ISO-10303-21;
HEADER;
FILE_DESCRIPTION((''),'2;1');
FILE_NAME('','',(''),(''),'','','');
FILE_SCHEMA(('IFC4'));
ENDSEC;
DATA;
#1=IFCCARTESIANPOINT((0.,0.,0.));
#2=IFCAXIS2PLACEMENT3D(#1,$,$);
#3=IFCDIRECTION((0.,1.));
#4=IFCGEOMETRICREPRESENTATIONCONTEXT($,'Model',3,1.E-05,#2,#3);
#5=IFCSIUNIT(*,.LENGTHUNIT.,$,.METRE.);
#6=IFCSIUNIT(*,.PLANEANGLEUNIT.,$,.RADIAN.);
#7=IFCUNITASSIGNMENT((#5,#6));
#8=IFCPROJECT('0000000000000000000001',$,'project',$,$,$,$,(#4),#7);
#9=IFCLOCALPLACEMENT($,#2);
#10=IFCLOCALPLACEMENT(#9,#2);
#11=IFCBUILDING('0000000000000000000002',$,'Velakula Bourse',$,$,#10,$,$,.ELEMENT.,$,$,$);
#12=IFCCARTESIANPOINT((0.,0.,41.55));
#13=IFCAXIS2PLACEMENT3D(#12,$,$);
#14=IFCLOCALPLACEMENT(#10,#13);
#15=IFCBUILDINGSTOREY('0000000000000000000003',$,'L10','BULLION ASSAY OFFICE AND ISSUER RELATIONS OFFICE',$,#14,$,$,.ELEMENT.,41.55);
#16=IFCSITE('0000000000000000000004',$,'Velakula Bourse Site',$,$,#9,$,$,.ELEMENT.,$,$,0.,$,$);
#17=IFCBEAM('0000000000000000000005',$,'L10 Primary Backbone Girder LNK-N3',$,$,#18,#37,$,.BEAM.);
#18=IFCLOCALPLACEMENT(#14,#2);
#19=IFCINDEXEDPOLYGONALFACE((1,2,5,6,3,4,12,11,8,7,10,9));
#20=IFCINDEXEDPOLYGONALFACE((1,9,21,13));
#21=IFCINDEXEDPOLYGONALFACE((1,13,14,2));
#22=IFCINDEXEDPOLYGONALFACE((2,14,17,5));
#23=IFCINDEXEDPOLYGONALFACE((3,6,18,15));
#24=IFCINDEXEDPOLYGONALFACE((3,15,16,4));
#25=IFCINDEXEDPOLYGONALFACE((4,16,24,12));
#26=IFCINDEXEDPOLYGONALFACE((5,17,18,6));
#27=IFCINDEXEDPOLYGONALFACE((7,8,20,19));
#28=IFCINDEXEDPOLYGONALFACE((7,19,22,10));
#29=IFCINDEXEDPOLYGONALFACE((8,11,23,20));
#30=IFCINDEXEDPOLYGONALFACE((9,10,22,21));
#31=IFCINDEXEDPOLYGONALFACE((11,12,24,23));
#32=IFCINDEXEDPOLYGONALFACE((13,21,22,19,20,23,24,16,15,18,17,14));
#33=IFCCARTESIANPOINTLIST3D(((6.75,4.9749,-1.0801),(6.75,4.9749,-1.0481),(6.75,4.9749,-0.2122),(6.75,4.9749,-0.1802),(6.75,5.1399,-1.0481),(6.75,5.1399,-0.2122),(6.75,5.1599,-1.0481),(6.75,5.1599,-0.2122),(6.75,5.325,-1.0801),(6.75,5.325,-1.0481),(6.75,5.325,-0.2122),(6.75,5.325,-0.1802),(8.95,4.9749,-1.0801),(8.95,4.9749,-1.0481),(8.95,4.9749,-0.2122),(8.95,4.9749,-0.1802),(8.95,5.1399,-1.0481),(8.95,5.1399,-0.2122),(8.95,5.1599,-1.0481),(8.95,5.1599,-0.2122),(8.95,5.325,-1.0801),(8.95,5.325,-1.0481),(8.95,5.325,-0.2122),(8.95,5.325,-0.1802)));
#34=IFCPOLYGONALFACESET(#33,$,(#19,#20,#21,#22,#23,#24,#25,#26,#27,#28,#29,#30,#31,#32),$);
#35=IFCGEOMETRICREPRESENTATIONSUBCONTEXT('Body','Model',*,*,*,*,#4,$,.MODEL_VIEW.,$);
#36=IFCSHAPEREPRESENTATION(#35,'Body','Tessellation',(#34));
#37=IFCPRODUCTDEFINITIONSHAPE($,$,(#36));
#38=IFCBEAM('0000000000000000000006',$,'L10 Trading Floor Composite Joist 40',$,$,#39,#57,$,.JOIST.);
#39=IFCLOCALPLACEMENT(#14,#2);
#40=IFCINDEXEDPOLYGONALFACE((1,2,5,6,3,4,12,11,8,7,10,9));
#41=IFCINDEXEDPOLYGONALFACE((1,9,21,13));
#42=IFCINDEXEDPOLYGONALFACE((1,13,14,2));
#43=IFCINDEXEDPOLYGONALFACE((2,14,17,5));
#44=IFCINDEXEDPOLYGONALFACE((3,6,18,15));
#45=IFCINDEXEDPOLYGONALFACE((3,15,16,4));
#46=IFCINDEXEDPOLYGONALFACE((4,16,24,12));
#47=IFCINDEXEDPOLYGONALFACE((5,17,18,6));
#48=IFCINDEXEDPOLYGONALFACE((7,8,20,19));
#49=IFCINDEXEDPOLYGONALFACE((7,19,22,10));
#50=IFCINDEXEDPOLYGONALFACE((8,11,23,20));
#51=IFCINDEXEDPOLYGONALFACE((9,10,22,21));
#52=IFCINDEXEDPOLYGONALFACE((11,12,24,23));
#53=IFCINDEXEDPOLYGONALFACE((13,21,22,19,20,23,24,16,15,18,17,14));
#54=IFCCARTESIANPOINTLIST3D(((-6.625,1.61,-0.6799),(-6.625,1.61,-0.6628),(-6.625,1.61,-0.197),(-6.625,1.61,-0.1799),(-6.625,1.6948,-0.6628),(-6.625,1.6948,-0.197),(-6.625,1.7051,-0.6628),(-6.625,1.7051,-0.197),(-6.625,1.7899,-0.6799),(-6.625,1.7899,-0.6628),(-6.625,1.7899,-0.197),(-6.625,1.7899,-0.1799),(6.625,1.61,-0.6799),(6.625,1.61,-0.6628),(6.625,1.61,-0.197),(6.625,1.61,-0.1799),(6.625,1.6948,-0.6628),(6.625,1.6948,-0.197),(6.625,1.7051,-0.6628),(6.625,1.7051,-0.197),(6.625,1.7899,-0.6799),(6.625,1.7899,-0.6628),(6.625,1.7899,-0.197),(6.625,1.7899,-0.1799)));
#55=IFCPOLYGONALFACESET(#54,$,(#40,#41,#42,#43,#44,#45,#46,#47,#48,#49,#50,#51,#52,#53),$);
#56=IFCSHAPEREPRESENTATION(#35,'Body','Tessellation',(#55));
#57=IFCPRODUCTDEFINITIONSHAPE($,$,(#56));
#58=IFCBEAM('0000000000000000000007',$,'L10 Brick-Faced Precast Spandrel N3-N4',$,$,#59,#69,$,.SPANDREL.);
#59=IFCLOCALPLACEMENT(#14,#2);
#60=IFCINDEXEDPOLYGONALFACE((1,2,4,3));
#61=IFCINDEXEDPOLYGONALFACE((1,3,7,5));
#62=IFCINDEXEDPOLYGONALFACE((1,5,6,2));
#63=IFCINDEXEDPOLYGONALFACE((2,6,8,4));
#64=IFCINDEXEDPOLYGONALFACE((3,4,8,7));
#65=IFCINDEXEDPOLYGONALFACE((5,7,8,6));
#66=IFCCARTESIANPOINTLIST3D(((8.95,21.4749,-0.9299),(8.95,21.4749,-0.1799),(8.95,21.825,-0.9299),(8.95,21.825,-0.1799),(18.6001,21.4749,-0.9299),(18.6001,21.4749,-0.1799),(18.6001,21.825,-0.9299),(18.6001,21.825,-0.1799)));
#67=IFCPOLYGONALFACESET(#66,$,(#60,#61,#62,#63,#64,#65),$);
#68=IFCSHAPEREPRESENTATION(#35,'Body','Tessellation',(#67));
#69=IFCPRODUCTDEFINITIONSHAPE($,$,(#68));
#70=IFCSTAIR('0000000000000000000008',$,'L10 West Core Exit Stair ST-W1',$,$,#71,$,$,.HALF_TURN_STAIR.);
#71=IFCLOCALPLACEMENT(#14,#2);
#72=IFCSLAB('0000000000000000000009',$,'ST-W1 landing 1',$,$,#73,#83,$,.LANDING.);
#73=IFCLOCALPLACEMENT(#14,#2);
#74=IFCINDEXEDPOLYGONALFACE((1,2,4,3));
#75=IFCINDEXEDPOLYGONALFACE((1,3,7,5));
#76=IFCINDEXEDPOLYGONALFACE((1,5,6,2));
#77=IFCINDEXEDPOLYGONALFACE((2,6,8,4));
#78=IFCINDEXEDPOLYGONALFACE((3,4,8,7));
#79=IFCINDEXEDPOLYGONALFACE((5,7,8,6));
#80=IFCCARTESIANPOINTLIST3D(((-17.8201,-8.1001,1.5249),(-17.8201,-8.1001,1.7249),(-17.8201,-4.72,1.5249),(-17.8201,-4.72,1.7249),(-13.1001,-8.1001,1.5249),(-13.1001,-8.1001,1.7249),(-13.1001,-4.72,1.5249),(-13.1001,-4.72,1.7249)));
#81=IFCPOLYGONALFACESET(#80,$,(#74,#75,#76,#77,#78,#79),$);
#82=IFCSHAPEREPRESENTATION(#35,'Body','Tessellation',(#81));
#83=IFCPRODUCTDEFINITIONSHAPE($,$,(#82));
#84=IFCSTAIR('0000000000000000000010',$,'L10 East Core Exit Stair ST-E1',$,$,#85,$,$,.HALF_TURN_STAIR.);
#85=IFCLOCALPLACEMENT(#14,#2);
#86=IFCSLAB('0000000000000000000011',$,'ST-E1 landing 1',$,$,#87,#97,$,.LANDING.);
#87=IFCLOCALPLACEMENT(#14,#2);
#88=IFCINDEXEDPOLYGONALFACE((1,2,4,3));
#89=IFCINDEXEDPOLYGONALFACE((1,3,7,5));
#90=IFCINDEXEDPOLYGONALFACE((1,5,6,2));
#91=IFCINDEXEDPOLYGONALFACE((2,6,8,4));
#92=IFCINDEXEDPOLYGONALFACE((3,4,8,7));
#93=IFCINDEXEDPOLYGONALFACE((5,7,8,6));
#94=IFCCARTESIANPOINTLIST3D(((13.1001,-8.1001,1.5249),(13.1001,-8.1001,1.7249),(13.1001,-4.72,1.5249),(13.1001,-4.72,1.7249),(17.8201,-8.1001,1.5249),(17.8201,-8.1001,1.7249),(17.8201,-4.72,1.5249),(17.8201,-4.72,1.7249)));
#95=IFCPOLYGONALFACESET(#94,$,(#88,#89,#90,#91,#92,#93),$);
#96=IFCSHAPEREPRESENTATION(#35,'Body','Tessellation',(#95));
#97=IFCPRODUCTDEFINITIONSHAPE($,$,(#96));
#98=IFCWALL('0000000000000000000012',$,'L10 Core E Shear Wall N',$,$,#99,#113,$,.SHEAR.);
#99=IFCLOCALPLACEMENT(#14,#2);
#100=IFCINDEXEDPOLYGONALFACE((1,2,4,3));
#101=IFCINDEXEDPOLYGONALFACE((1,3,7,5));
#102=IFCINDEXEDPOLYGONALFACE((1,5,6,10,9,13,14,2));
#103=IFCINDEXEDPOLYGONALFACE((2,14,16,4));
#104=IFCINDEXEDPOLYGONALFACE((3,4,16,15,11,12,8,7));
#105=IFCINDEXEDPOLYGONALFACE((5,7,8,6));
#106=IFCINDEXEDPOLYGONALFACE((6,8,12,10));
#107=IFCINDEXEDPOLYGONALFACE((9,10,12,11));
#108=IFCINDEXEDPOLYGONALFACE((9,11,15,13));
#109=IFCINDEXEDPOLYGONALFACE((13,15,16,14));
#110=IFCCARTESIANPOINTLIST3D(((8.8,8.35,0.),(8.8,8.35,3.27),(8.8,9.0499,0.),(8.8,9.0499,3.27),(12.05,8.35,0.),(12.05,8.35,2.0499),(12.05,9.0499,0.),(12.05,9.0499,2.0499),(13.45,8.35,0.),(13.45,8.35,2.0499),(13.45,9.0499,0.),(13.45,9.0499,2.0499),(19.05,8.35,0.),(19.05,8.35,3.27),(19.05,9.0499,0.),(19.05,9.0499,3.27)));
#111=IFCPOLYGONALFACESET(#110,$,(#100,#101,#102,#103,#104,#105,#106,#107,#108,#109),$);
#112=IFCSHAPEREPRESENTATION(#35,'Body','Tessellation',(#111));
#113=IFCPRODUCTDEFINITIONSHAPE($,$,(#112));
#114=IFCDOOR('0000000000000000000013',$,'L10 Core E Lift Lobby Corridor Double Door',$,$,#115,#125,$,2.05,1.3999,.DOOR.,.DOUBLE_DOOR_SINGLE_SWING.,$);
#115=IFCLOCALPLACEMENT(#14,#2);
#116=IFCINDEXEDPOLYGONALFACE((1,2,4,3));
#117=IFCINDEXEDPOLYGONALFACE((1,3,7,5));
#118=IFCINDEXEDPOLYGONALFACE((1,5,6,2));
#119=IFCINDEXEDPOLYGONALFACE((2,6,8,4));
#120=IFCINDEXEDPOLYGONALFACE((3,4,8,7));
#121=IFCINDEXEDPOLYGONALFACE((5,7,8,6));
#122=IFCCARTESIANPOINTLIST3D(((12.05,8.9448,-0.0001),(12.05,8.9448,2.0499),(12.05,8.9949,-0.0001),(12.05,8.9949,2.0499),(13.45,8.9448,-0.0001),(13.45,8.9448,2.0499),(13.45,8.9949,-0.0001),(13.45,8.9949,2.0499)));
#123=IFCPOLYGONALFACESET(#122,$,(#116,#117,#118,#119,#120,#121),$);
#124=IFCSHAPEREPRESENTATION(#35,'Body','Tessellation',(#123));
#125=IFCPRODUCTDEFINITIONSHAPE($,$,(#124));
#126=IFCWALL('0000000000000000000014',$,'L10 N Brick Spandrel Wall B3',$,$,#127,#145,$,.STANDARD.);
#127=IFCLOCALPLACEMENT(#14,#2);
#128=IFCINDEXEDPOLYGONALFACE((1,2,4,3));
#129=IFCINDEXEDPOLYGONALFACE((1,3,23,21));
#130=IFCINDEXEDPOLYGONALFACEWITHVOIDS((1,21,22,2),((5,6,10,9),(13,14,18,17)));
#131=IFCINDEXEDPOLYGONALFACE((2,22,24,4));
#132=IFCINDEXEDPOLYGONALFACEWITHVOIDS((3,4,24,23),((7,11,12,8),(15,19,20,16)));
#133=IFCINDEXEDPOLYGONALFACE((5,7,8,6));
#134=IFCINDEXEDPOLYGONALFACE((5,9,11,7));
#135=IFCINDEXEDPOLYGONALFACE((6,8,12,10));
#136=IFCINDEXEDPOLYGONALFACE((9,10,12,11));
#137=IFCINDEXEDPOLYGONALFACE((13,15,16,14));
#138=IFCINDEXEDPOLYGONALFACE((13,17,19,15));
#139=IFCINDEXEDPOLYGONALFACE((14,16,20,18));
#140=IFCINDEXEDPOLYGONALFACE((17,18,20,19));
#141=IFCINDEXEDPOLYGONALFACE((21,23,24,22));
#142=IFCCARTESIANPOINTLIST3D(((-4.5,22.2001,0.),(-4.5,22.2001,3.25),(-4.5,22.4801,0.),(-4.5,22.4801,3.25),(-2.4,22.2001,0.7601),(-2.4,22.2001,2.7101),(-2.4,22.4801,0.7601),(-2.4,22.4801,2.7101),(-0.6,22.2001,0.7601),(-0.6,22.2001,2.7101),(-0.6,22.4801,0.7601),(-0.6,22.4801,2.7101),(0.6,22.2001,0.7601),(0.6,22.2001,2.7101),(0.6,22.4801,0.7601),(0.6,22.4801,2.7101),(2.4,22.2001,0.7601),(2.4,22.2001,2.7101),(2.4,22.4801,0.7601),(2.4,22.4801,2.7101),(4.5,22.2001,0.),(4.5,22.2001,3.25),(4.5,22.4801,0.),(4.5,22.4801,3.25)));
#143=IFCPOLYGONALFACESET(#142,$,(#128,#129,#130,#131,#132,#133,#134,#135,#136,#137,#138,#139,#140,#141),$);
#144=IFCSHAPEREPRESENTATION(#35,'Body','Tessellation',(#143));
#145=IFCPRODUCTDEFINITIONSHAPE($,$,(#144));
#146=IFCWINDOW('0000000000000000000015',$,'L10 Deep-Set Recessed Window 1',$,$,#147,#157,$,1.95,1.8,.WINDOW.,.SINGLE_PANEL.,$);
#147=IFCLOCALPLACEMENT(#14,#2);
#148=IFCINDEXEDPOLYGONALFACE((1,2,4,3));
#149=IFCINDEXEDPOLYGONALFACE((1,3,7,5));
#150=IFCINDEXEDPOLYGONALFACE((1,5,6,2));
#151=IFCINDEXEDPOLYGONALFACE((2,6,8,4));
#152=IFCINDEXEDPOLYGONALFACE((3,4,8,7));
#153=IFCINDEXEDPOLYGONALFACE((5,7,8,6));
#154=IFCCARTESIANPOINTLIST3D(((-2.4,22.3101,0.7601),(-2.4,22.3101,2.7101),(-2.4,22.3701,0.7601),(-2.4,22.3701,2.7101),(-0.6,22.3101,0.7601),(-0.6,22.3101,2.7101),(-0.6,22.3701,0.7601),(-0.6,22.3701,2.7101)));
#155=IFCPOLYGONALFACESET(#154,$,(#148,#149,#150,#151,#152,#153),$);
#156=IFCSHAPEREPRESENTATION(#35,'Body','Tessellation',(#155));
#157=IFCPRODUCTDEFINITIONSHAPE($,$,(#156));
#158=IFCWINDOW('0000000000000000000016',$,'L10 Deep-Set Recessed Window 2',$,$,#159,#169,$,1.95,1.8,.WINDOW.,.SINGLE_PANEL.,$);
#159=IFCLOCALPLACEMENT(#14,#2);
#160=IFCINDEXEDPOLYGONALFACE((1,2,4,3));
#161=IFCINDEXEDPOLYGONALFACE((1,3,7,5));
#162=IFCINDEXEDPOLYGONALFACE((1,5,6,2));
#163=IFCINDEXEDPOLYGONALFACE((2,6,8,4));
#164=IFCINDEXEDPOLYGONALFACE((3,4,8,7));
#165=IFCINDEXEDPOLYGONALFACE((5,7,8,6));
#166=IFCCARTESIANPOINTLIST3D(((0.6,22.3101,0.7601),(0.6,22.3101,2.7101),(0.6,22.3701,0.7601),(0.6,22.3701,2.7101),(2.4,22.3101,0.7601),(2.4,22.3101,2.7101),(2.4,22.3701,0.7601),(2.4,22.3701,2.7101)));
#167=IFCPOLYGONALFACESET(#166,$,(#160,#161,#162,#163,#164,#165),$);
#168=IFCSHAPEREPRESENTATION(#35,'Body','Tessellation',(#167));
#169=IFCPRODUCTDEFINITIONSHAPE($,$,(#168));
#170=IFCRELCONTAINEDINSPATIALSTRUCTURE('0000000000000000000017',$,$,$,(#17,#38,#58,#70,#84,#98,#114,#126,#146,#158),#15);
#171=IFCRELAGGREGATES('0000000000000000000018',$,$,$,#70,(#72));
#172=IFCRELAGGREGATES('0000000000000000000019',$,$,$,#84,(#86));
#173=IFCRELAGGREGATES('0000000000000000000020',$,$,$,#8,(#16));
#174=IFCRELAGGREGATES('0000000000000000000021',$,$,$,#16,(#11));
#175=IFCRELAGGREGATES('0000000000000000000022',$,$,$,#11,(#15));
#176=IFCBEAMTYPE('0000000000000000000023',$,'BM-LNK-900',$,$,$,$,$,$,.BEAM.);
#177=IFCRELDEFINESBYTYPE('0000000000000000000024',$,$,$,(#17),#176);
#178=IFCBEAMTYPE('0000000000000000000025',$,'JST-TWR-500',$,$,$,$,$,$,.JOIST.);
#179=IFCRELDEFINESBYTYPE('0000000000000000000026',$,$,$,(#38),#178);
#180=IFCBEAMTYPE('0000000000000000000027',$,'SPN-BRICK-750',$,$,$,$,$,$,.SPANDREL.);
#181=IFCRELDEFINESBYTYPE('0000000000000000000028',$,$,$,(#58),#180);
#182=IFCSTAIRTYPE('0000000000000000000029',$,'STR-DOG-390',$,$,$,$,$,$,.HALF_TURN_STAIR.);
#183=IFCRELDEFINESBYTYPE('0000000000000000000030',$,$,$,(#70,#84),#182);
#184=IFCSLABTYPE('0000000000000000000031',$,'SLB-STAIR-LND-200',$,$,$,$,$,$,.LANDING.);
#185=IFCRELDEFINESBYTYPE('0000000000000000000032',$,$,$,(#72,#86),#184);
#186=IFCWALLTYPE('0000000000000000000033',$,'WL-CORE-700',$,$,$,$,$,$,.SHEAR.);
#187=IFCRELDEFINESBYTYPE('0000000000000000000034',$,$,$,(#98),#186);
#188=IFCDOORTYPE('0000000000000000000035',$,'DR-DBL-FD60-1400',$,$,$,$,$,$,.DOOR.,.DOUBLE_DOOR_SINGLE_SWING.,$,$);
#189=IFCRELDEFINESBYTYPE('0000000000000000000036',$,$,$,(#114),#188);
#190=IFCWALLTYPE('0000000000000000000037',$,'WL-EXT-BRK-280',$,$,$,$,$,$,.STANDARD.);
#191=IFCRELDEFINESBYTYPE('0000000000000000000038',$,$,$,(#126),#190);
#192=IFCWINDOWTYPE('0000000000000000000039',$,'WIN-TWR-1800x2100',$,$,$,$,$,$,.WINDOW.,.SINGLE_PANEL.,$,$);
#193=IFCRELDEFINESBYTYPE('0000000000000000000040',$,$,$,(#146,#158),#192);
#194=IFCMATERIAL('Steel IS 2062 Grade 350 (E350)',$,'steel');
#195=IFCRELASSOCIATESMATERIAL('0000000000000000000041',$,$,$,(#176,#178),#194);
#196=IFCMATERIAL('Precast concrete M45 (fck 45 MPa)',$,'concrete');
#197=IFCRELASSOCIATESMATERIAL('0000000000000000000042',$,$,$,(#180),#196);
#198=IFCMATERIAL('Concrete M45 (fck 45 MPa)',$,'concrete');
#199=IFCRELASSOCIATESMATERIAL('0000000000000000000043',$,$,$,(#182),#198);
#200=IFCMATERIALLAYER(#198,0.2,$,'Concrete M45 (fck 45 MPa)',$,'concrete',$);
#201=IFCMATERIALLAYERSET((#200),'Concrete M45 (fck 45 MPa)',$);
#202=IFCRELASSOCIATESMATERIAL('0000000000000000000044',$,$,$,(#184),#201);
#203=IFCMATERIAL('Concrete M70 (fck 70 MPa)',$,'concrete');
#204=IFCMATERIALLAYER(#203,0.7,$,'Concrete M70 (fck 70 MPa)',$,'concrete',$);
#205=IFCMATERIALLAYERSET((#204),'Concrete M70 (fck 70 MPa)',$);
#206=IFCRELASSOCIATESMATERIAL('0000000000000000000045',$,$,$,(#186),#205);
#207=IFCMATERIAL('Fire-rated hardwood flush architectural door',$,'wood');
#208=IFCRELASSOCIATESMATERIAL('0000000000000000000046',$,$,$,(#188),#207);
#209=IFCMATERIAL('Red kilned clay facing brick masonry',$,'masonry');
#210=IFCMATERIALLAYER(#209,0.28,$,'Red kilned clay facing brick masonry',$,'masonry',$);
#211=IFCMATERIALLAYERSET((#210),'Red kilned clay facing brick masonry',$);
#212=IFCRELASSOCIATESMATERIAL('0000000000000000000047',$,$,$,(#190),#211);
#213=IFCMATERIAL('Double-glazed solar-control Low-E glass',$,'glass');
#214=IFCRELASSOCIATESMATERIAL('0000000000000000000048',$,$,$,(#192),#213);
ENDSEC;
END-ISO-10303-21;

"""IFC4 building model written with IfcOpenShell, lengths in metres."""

from ifc_helpers import new_model, si_unit, direction, frame, frame_2d, origin, origin_2d, place, context, subcontext, project, spatial, polyline, rectangle, i_section, outline, extrude, material, layer, layer_set, material_profile, profile_set, type_object, element, fill, aggregate, save


model = new_model("IFC4")

# Units and contexts
model_context = context("Model", 3, precision=1e-05, world=origin(), true_north=direction((0.0, 1.0)))
body_context = subcontext(model_context, "Body", "Model", "MODEL_VIEW")
ifc_project = project(units=[si_unit("LENGTHUNIT", "METRE"), si_unit("PLANEANGLEUNIT", "RADIAN")], contexts=[model_context])

# Site, building, storey
site_placement = place(None, origin())
site = spatial("IfcSite", under=ifc_project, at=site_placement, Name="Velakula Bourse Site", CompositionType="ELEMENT", RefElevation=0.0)
building_placement = place(site_placement, origin())
building = spatial("IfcBuilding", under=site, at=building_placement, Name="Velakula Bourse", CompositionType="ELEMENT")
storey_placement = place(building_placement, frame((0.0, 0.0, 41.55)))
storey = spatial("IfcBuildingStorey", under=building, at=storey_placement, Name="L10", Description="BULLION ASSAY OFFICE AND ISSUER RELATIONS OFFICE", CompositionType="ELEMENT", Elevation=41.55)

# Shared definitions
ifc_material_1 = material(Name="Concrete M70 (fck 70 MPa)", Category="concrete")

# Beams
ifc_material_2 = material(Name="Steel IS 2062 Grade 350 (E350)", Category="steel")
ifc_material_profile_1 = material_profile(ifc_material_2, i_section(OverallWidth=0.3501, OverallDepth=0.8999, WebThickness=0.02, FlangeThickness=0.032, at=origin_2d()), Name="Steel IS 2062 Grade 350 (E350)")
ifc_profile_set_1 = profile_set([ifc_material_profile_1], Name="Steel IS 2062 Grade 350 (E350)")
beam_type_1 = type_object("IfcBeamType", Name="BM-LNK-900", PredefinedType="BEAM", material=ifc_profile_set_1)
beam_1_placement = place(storey_placement, frame((6.75, 5.1499, -0.6301), z_axis=(1.0, 0.0, 0.0), x_axis=(0.0, 1.0, 0.0)))
element("IfcBeam", 1, at=beam_1_placement, inside=storey, type_object=beam_type_1, Name="L10 Primary Backbone Girder LNK-N3", PredefinedType="BEAM", context=body_context, shape_type="SweptSolid", body=[
    extrude(i_section(OverallWidth=0.3501, OverallDepth=0.8999, WebThickness=0.02, FlangeThickness=0.032, at=origin_2d()), origin(), (0.0, 0.0, 1.0), 2.2),
])
ifc_material_profile_2 = material_profile(ifc_material_2, i_section(OverallWidth=0.1799, OverallDepth=0.5, WebThickness=0.0103, FlangeThickness=0.0171, at=origin_2d()), Name="Steel IS 2062 Grade 350 (E350)")
ifc_profile_set_2 = profile_set([ifc_material_profile_2], Name="Steel IS 2062 Grade 350 (E350)")
beam_type_2 = type_object("IfcBeamType", Name="JST-TWR-500", PredefinedType="JOIST", material=ifc_profile_set_2)
beam_2_placement = place(storey_placement, frame((-6.625, 1.7, -0.4299), z_axis=(1.0, 0.0, 0.0), x_axis=(0.0, 1.0, 0.0)))
element("IfcBeam", 2, at=beam_2_placement, inside=storey, type_object=beam_type_2, Name="L10 Trading Floor Composite Joist 40", PredefinedType="JOIST", context=body_context, shape_type="SweptSolid", body=[
    extrude(i_section(OverallWidth=0.1799, OverallDepth=0.5, WebThickness=0.0103, FlangeThickness=0.0171, at=origin_2d()), origin(), (0.0, 0.0, 1.0), 13.25),
])
ifc_material_3 = material(Name="Precast concrete M45 (fck 45 MPa)", Category="concrete")
ifc_material_profile_3 = material_profile(ifc_material_3, rectangle(XDim=0.3501, YDim=0.75, at=origin_2d()), Name="Precast concrete M45 (fck 45 MPa)")
ifc_profile_set_3 = profile_set([ifc_material_profile_3], Name="Precast concrete M45 (fck 45 MPa)")
beam_type_3 = type_object("IfcBeamType", Name="SPN-BRICK-750", PredefinedType="SPANDREL", material=ifc_profile_set_3)
beam_3_placement = place(storey_placement, frame((8.95, 21.6499, -0.5549), z_axis=(1.0, 0.0, 0.0), x_axis=(0.0, 1.0, 0.0)))
element("IfcBeam", 3, at=beam_3_placement, inside=storey, type_object=beam_type_3, Name="L10 Brick-Faced Precast Spandrel N3-N4", PredefinedType="SPANDREL", context=body_context, shape_type="SweptSolid", body=[
    extrude(rectangle(XDim=0.3501, YDim=0.75, at=origin_2d()), origin(), (0.0, 0.0, 1.0), 9.6501),
])

# Stairs, slabs
ifc_material_4 = material(Name="Concrete M45 (fck 45 MPa)", Category="concrete")
stair_type = type_object("IfcStairType", Name="STR-DOG-390", PredefinedType="HALF_TURN_STAIR", material=ifc_material_4)
stair_1_placement = place(storey_placement, origin())
stair_1 = element("IfcStair", 4, at=stair_1_placement, inside=storey, type_object=stair_type, Name="L10 West Core Exit Stair ST-W1", PredefinedType="HALF_TURN_STAIR")
ifc_layer_1 = layer(ifc_material_4, 0.2, Name="Concrete M45 (fck 45 MPa)", Category="concrete")
ifc_layer_set_1 = layer_set([ifc_layer_1], Name="Concrete M45 (fck 45 MPa)")
slab_type = type_object("IfcSlabType", Name="SLB-STAIR-LND-200", PredefinedType="LANDING", material=ifc_layer_set_1)
slab_1_placement = place(storey_placement, frame((0.0, 0.0, 1.5249)))
slab_1 = element("IfcSlab", 5, at=slab_1_placement, type_object=slab_type, Name="ST-W1 landing 1", PredefinedType="LANDING", context=body_context, shape_type="SweptSolid", body=[
    extrude(outline(polyline([(-17.8201, -4.72), (-17.8201, -8.1001), (-13.1001, -8.1001), (-13.1001, -4.72), (-17.8201, -4.72)])), origin(), (0.0, 0.0, 1.0), 0.2),
])
aggregate(stair_1, [slab_1])
stair_2_placement = place(storey_placement, origin())
stair_2 = element("IfcStair", 6, at=stair_2_placement, inside=storey, type_object=stair_type, Name="L10 East Core Exit Stair ST-E1", PredefinedType="HALF_TURN_STAIR")
slab_2_placement = place(storey_placement, frame((0.0, 0.0, 1.5249)))
slab_2 = element("IfcSlab", 7, at=slab_2_placement, type_object=slab_type, Name="ST-E1 landing 1", PredefinedType="LANDING", context=body_context, shape_type="SweptSolid", body=[
    extrude(outline(polyline([(13.1001, -4.72), (13.1001, -8.1001), (17.8201, -8.1001), (17.8201, -4.72), (13.1001, -4.72)])), origin(), (0.0, 0.0, 1.0), 0.2),
])
aggregate(stair_2, [slab_2])

# Wall, opening, door
ifc_layer_2 = layer(ifc_material_1, 0.7, Name="Concrete M70 (fck 70 MPa)", Category="concrete")
ifc_layer_set_2 = layer_set([ifc_layer_2], Name="Concrete M70 (fck 70 MPa)")
wall_type_1 = type_object("IfcWallType", Name="WL-CORE-700", PredefinedType="SHEAR", material=ifc_layer_set_2)
wall_1_placement = place(storey_placement, frame((8.8, 8.7, 0.0), z_axis=(0.0, 0.0, 1.0), x_axis=(1.0, 0.0, 0.0)))
wall_1 = element("IfcWall", 8, at=wall_1_placement, inside=storey, type_object=wall_type_1, Name="L10 Core E Shear Wall N", PredefinedType="SHEAR", context=body_context, shape_type="SweptSolid", body=[
    extrude(rectangle(XDim=10.25, YDim=0.7, at=frame_2d((5.125, 0.0))), origin(), (0.0, 0.0, 1.0), 3.27),
])
opening_1_placement = place(wall_1_placement, frame((3.25, 0.0, 0.0)))
opening_1 = element("IfcOpeningElement", 9, at=opening_1_placement, cuts=wall_1, PredefinedType="OPENING", context=body_context, shape_type="SweptSolid", body=[
    extrude(rectangle(XDim=1.3999, YDim=2.05, at=frame_2d((0.7, 1.0249))), frame((0.0, 0.3599, 0.0), z_axis=(0.0, -1.0, 0.0), x_axis=(1.0, 0.0, 0.0)), (0.0, 0.0, 1.0), 0.72),
])
ifc_material_5 = material(Name="Fire-rated hardwood flush architectural door", Category="wood")
door_type = type_object("IfcDoorType", Name="DR-DBL-FD60-1400", OperationType="DOUBLE_DOOR_SINGLE_SWING", PredefinedType="DOOR", material=ifc_material_5)
door_placement = place(opening_1_placement, origin())
door = element("IfcDoor", 10, at=door_placement, inside=storey, type_object=door_type, Name="L10 Core E Lift Lobby Corridor Double Door", OperationType="DOUBLE_DOOR_SINGLE_SWING", OverallHeight=2.05, OverallWidth=1.3999, PredefinedType="DOOR", context=body_context, shape_type="SweptSolid", body=[
    extrude(rectangle(XDim=1.3999, YDim=2.05, at=frame_2d((0.7, 1.0249))), frame((0.0, 0.2949, 0.0), z_axis=(0.0, -1.0, 0.0), x_axis=(1.0, 0.0, 0.0)), (0.0, 0.0, 1.0), 0.05),
])
fill(opening_1, door)

# Wall, openings, windows
ifc_material_6 = material(Name="Red kilned clay facing brick masonry", Category="masonry")
ifc_layer_3 = layer(ifc_material_6, 0.28, Name="Red kilned clay facing brick masonry", Category="masonry")
ifc_layer_set_3 = layer_set([ifc_layer_3], Name="Red kilned clay facing brick masonry")
wall_type_2 = type_object("IfcWallType", Name="WL-EXT-BRK-280", PredefinedType="STANDARD", material=ifc_layer_set_3)
wall_2_placement = place(storey_placement, frame((-4.5, 22.3401, 0.0), z_axis=(0.0, 0.0, 1.0), x_axis=(1.0, 0.0, 0.0)))
wall_2 = element("IfcWall", 11, at=wall_2_placement, inside=storey, type_object=wall_type_2, Name="L10 N Brick Spandrel Wall B3", PredefinedType="STANDARD", context=body_context, shape_type="SweptSolid", body=[
    extrude(rectangle(XDim=9.0, YDim=0.28, at=frame_2d((4.5, 0.0))), origin(), (0.0, 0.0, 1.0), 3.25),
])
opening_2_placement = place(wall_2_placement, frame((2.1001, 0.0, 0.76)))
opening_2 = element("IfcOpeningElement", 12, at=opening_2_placement, cuts=wall_2, PredefinedType="OPENING", context=body_context, shape_type="SweptSolid", body=[
    extrude(rectangle(XDim=1.8, YDim=1.95, at=frame_2d((0.8999, 0.9751))), frame((0.0, 0.1499, 0.0), z_axis=(0.0, -1.0, 0.0), x_axis=(1.0, 0.0, 0.0)), (0.0, 0.0, 1.0), 0.3),
])
opening_3_placement = place(wall_2_placement, frame((5.1001, 0.0, 0.76)))
opening_3 = element("IfcOpeningElement", 13, at=opening_3_placement, cuts=wall_2, PredefinedType="OPENING", context=body_context, shape_type="SweptSolid", body=[
    extrude(rectangle(XDim=1.8, YDim=1.95, at=frame_2d((0.8999, 0.9751))), frame((0.0, 0.1499, 0.0), z_axis=(0.0, -1.0, 0.0), x_axis=(1.0, 0.0, 0.0)), (0.0, 0.0, 1.0), 0.3),
])
ifc_material_7 = material(Name="Double-glazed solar-control Low-E glass", Category="glass")
window_type = type_object("IfcWindowType", Name="WIN-TWR-1800x2100", PartitioningType="SINGLE_PANEL", PredefinedType="WINDOW", material=ifc_material_7)
window_1_placement = place(opening_2_placement, origin())
window_1 = element("IfcWindow", 14, at=window_1_placement, inside=storey, type_object=window_type, Name="L10 Deep-Set Recessed Window 1", OverallHeight=1.95, OverallWidth=1.8, PartitioningType="SINGLE_PANEL", PredefinedType="WINDOW", context=body_context, shape_type="SweptSolid", body=[
    extrude(rectangle(XDim=1.8, YDim=1.95, at=frame_2d((0.8999, 0.9751))), frame((0.0, 0.03, 0.0), z_axis=(0.0, -1.0, 0.0), x_axis=(1.0, 0.0, 0.0)), (0.0, 0.0, 1.0), 0.0601),
])
fill(opening_2, window_1)
window_2_placement = place(opening_3_placement, origin())
window_2 = element("IfcWindow", 15, at=window_2_placement, inside=storey, type_object=window_type, Name="L10 Deep-Set Recessed Window 2", OverallHeight=1.95, OverallWidth=1.8, PartitioningType="SINGLE_PANEL", PredefinedType="WINDOW", context=body_context, shape_type="SweptSolid", body=[
    extrude(rectangle(XDim=1.8, YDim=1.95, at=frame_2d((0.8999, 0.9751))), frame((0.0, 0.03, 0.0), z_axis=(0.0, -1.0, 0.0), x_axis=(1.0, 0.0, 0.0)), (0.0, 0.0, 1.0), 0.0601),
])
fill(opening_3, window_2)

save(model, "model.ifc")
